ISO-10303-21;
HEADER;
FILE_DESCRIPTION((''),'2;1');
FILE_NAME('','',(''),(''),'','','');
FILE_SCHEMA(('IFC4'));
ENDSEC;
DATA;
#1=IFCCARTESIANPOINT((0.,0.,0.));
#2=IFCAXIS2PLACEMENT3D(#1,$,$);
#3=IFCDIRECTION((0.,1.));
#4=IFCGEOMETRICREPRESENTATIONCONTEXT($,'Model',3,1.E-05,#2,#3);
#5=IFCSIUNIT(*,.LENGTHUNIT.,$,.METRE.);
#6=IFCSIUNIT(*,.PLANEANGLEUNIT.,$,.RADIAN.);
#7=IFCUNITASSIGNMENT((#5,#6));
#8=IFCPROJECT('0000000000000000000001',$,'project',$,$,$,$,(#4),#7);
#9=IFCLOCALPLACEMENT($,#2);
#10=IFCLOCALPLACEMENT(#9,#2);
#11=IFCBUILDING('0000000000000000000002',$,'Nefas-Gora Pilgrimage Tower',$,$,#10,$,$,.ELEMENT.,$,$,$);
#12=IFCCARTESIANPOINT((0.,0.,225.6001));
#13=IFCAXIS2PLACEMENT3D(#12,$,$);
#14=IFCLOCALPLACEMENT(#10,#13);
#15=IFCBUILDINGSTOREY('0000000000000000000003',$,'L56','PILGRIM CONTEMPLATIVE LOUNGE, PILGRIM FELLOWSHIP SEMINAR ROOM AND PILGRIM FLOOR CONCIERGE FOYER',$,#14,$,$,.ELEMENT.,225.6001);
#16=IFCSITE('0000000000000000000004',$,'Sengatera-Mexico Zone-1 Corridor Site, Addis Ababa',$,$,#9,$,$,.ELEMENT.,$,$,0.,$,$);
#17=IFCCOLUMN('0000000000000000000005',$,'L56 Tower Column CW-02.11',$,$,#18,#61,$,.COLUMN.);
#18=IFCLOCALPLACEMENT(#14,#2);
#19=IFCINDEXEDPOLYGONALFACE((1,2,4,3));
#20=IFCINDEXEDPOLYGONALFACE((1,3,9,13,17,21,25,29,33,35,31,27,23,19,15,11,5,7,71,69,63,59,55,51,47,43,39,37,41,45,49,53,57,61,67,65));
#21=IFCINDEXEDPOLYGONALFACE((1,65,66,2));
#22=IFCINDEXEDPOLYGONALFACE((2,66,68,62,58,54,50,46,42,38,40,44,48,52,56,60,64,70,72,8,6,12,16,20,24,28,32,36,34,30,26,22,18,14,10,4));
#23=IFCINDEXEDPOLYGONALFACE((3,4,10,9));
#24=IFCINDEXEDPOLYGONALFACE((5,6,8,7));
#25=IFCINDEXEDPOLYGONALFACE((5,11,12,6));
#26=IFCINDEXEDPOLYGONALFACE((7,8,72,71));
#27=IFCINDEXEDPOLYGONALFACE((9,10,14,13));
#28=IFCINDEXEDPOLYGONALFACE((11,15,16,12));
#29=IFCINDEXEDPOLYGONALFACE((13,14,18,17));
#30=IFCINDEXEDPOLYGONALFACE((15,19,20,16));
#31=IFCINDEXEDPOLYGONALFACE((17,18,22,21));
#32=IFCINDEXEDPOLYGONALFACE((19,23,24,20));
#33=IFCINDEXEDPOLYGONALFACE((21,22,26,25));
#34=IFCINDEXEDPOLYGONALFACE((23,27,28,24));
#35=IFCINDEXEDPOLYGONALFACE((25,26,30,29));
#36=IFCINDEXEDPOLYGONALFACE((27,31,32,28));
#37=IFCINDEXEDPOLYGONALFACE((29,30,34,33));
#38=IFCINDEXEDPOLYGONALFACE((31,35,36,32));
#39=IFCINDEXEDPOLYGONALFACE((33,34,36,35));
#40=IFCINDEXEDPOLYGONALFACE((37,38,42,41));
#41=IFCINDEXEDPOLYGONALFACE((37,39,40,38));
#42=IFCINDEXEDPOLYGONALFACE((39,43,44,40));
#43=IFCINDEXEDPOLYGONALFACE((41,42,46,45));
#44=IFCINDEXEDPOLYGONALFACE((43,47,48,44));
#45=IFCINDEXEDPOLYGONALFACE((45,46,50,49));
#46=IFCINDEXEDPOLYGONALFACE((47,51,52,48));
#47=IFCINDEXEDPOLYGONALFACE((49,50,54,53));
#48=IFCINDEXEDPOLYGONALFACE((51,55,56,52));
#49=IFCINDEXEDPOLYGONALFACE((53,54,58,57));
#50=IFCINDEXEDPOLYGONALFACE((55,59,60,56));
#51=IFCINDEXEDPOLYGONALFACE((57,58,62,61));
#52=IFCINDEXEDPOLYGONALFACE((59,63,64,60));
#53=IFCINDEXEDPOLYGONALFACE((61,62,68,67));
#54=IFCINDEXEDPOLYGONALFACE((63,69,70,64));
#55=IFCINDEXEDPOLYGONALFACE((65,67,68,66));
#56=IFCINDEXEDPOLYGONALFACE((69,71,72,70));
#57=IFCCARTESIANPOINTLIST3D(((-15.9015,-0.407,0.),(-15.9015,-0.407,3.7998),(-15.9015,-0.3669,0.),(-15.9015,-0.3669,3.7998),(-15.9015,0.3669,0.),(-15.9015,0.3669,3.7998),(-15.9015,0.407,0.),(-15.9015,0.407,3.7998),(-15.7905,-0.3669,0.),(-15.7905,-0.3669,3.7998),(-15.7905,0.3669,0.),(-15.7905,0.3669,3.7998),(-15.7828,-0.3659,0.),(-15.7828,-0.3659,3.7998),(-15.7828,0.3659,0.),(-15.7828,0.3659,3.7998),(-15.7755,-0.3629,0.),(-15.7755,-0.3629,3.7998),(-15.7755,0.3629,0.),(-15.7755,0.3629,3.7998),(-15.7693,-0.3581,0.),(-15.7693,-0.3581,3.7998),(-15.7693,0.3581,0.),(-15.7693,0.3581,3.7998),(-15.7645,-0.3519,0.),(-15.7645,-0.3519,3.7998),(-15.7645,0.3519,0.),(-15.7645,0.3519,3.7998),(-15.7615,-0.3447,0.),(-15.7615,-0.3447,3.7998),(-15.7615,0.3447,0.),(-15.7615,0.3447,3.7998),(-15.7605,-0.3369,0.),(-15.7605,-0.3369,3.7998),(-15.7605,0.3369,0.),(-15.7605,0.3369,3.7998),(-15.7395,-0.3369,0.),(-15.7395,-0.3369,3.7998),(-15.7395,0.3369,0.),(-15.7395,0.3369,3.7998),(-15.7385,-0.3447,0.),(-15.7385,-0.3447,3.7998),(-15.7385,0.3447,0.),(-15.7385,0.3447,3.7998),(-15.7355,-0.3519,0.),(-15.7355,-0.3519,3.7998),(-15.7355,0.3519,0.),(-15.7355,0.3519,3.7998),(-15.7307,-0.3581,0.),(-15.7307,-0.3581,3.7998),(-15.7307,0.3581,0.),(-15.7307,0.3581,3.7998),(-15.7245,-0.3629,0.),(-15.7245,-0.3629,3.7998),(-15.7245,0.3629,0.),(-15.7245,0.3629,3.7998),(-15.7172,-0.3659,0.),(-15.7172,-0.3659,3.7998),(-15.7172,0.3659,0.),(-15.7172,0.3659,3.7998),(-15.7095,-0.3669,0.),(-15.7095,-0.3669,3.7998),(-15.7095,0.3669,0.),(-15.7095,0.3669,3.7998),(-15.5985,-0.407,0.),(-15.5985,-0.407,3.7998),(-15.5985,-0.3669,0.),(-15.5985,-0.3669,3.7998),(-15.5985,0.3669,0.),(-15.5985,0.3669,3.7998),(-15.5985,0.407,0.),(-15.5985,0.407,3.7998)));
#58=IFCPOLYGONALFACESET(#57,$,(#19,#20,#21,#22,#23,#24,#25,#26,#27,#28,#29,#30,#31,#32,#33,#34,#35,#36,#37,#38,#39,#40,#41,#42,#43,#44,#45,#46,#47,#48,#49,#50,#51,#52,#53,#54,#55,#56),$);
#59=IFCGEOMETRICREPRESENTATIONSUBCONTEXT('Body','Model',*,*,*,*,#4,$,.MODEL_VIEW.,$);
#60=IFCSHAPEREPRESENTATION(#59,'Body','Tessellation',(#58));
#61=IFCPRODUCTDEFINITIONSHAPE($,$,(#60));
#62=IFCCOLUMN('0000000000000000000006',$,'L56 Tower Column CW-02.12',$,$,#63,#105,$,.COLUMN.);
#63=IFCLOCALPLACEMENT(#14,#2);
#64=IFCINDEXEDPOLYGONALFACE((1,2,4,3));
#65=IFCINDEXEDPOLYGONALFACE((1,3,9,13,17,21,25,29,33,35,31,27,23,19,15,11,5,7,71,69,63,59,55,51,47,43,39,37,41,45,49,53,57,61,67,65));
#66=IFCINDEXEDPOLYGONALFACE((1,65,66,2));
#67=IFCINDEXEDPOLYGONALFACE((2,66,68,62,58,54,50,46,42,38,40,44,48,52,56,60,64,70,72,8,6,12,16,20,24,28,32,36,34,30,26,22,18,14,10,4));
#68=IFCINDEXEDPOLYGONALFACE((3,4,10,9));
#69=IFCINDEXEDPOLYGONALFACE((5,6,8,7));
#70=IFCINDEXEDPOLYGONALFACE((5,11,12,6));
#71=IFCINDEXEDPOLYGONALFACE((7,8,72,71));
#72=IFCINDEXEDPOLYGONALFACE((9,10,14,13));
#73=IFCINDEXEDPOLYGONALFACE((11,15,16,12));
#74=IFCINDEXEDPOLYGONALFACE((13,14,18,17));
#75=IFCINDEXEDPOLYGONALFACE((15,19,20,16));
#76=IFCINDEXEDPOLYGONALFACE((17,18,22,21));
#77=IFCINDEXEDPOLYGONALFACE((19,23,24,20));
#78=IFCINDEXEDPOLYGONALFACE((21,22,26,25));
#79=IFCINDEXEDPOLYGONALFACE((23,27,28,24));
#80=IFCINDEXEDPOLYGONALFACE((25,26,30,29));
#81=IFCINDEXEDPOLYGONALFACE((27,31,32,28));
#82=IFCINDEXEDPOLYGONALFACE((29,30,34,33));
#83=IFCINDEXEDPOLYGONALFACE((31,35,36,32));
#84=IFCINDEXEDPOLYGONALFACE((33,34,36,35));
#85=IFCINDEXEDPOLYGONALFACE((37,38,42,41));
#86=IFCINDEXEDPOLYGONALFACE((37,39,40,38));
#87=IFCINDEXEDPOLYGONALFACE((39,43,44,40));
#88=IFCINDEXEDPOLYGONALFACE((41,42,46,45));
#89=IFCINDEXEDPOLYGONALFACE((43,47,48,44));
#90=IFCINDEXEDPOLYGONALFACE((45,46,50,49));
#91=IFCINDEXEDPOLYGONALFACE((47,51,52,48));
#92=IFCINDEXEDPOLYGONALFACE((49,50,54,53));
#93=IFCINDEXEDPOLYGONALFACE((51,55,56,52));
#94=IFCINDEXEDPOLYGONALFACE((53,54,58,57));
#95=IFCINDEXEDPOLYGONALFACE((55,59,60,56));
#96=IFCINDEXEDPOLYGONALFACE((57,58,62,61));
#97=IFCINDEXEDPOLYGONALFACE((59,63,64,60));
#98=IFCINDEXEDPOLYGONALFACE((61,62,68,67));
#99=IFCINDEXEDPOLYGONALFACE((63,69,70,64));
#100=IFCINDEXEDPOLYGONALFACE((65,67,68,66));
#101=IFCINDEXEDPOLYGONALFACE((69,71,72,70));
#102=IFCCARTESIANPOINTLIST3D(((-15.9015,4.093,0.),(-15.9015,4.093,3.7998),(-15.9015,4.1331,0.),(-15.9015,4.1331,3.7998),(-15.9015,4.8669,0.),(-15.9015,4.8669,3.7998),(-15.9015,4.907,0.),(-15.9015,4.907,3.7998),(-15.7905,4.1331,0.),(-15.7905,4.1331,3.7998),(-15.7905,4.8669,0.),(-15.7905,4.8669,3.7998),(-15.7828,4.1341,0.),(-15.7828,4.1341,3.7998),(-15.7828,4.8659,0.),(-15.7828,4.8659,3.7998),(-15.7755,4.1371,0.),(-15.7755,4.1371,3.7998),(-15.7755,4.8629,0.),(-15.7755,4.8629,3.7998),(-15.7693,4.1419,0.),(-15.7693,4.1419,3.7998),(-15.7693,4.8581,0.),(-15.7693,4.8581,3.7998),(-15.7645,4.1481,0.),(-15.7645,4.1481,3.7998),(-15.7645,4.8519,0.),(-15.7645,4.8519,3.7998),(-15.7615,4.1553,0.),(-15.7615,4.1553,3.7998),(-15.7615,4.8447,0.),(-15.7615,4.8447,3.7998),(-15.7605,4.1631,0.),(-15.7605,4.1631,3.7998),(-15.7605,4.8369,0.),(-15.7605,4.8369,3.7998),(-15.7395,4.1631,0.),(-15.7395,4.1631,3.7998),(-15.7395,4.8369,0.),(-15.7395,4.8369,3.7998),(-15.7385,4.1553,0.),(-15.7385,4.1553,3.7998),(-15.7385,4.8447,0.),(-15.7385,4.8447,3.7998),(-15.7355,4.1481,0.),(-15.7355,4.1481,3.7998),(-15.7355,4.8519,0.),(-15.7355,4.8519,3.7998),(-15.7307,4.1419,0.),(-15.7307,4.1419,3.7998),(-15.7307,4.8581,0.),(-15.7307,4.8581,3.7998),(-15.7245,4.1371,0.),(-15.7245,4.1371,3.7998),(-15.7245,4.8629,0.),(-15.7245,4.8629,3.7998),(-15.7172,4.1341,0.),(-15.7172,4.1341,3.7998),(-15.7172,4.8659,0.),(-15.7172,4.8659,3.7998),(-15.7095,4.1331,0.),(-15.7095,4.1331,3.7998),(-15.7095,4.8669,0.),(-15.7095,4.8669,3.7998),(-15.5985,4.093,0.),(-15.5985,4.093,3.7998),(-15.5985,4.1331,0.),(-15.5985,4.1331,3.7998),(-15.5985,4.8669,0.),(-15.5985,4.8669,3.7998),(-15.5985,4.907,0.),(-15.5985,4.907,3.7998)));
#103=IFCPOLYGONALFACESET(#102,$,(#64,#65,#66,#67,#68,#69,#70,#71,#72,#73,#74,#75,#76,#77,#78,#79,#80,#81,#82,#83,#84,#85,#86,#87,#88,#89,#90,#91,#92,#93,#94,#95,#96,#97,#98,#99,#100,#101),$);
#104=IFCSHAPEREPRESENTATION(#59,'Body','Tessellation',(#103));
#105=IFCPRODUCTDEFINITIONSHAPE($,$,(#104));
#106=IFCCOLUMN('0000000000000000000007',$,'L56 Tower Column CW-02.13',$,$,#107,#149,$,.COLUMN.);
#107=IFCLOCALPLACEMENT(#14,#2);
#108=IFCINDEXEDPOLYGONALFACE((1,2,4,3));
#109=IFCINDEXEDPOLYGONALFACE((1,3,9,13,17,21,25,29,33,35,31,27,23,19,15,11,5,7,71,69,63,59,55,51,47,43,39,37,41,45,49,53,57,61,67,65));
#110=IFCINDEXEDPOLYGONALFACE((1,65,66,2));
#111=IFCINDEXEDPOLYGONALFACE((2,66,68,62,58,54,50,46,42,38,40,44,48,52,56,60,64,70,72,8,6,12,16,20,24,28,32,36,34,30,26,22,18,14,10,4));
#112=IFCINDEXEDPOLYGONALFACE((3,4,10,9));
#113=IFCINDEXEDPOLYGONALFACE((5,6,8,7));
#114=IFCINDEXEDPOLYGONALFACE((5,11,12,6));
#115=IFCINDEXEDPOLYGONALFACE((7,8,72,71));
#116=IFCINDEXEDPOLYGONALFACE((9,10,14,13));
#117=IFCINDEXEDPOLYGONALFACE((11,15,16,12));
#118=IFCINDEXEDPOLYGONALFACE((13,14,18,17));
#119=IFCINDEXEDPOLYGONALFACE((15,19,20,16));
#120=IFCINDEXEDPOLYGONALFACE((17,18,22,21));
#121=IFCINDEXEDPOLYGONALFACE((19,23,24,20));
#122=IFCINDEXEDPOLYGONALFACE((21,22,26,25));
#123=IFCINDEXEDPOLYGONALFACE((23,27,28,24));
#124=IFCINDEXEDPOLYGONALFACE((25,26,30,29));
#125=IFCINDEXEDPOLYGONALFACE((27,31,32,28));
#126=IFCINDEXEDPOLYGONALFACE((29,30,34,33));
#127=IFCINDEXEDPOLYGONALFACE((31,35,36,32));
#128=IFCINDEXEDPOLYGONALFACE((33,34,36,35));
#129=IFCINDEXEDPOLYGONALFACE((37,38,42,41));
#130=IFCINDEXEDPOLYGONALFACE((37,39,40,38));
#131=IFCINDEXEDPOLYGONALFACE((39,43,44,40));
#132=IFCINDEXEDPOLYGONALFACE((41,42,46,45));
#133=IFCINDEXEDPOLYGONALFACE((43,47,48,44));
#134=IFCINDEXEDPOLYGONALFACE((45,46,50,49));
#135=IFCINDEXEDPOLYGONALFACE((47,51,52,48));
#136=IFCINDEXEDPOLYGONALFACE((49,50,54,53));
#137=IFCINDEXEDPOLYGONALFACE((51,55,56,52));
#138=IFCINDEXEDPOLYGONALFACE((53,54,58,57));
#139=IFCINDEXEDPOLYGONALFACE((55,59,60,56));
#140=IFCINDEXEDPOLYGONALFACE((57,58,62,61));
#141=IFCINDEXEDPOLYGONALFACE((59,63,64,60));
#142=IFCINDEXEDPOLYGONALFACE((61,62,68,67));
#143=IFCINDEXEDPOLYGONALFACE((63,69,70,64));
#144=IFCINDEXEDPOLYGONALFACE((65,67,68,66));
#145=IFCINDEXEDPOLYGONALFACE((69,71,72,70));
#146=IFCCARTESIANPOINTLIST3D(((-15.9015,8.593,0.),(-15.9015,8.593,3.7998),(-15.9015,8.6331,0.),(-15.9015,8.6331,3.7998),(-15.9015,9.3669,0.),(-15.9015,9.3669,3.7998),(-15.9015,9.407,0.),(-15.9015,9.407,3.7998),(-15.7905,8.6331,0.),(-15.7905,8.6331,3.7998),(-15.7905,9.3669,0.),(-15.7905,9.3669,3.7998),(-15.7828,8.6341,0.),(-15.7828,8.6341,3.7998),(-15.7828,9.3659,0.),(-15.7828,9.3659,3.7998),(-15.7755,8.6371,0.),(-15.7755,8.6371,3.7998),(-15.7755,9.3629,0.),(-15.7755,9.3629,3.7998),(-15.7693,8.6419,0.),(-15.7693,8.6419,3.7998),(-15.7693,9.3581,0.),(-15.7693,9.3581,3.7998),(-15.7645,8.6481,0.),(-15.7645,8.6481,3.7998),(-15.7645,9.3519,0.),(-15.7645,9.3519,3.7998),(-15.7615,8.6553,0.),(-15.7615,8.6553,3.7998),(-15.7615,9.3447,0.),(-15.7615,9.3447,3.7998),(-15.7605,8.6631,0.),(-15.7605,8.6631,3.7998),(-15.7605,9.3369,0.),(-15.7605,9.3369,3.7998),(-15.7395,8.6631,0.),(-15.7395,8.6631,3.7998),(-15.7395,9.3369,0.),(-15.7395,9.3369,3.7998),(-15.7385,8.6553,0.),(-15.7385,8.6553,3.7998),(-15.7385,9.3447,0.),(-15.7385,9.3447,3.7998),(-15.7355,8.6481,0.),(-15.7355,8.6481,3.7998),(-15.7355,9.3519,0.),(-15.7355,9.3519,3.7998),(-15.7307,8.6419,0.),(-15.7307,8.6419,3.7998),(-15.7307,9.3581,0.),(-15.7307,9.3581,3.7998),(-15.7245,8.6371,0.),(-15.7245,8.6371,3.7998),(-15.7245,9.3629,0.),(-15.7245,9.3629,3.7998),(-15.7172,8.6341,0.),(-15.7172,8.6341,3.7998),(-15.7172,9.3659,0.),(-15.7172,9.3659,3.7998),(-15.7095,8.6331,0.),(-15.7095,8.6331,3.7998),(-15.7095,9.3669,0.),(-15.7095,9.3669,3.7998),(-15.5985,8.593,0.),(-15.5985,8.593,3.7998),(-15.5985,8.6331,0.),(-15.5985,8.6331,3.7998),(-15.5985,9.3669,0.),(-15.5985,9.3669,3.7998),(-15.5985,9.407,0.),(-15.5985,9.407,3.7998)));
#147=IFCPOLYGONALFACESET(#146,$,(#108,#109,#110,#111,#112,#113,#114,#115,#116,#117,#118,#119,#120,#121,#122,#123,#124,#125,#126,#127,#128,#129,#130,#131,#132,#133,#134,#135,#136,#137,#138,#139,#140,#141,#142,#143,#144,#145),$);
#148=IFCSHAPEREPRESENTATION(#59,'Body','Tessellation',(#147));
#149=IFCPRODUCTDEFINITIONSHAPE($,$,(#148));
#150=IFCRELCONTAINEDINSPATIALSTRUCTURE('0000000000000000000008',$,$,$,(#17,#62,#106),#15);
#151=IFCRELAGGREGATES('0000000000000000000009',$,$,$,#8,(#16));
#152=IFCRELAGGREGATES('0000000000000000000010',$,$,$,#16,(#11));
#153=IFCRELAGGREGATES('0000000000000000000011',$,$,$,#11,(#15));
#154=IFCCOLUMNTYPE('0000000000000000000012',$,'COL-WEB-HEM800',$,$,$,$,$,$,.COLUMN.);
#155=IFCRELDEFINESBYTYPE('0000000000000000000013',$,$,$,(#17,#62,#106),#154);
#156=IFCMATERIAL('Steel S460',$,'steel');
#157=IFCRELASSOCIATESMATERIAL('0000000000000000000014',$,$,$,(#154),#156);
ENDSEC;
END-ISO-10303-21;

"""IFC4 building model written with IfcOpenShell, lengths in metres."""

from ifc_helpers import new_model, si_unit, direction, frame, origin, origin_2d, place, context, subcontext, project, spatial, i_section, extrude, source, transform, mapped, material, material_profile, profile_set, type_object, element, save


model = new_model("IFC4")

# Units and contexts
model_context = context("Model", 3, precision=1e-05, world=origin(), true_north=direction((0.0, 1.0)))
body_context = subcontext(model_context, "Body", "Model", "MODEL_VIEW")
ifc_project = project(units=[si_unit("LENGTHUNIT", "METRE"), si_unit("PLANEANGLEUNIT", "RADIAN")], contexts=[model_context])

# Site, building, storey
site_placement = place(None, origin())
site = spatial("IfcSite", under=ifc_project, at=site_placement, Name="Sengatera-Mexico Zone-1 Corridor Site, Addis Ababa", CompositionType="ELEMENT", RefElevation=0.0)
building_placement = place(site_placement, origin())
building = spatial("IfcBuilding", under=site, at=building_placement, Name="Nefas-Gora Pilgrimage Tower", CompositionType="ELEMENT")
storey_placement = place(building_placement, frame((0.0, 0.0, 225.6001)))
storey = spatial("IfcBuildingStorey", under=building, at=storey_placement, Name="L56", Description="PILGRIM CONTEMPLATIVE LOUNGE, PILGRIM FELLOWSHIP SEMINAR ROOM AND PILGRIM FLOOR CONCIERGE FOYER", CompositionType="ELEMENT", Elevation=225.6001)

# Columns
ifc_material_1 = material(Name="Steel S460", Category="steel")
ifc_material_profile_1 = material_profile(ifc_material_1, i_section(OverallWidth=0.303, OverallDepth=0.814, WebThickness=0.021, FlangeThickness=0.04, FilletRadius=0.03, at=origin_2d()), Name="HEM 800")
ifc_profile_set_1 = profile_set([ifc_material_profile_1], Name="Steel S460")
column_type_1 = type_object("IfcColumnType", Name="COL-WEB-HEM800", PredefinedType="COLUMN", material=ifc_profile_set_1)
shared_shape_1 = source(origin(), body_context, "Body", "SweptSolid", [
    extrude(i_section(OverallWidth=0.303, OverallDepth=0.814, WebThickness=0.021, FlangeThickness=0.04, FilletRadius=0.03, at=origin_2d()), origin(), (0.0, 0.0, 1.0), 3.7998),
])
for number, where, z_axis, x_axis, name in (
    (1, (-15.75, 0.0, 0.0), (0.0, 0.0, 1.0), (1.0, 0.0, 0.0), "L56 Tower Column CW-02.11"),
    (2, (-15.75, 4.5, 0.0), (0.0, 0.0, 1.0), (1.0, 0.0, 0.0), "L56 Tower Column CW-02.12"),
    (3, (-15.75, 9.0, 0.0), (0.0, 0.0, 1.0), (1.0, 0.0, 0.0), "L56 Tower Column CW-02.13"),
):
    element("IfcColumn", number, at=place(storey_placement, frame(where, z_axis=z_axis, x_axis=x_axis)), inside=storey, type_object=column_type_1, Name=name, PredefinedType="COLUMN", context=body_context, shape_type="MappedRepresentation", body=[
        mapped(shared_shape_1, transform((0.0, 0.0, 0.0), x_axis=(1.0, 0.0, 0.0), y_axis=(0.0, 1.0, 0.0), z_axis=(0.0, 0.0, 1.0), scale=1.0)),
    ])

save(model, "model.ifc")
